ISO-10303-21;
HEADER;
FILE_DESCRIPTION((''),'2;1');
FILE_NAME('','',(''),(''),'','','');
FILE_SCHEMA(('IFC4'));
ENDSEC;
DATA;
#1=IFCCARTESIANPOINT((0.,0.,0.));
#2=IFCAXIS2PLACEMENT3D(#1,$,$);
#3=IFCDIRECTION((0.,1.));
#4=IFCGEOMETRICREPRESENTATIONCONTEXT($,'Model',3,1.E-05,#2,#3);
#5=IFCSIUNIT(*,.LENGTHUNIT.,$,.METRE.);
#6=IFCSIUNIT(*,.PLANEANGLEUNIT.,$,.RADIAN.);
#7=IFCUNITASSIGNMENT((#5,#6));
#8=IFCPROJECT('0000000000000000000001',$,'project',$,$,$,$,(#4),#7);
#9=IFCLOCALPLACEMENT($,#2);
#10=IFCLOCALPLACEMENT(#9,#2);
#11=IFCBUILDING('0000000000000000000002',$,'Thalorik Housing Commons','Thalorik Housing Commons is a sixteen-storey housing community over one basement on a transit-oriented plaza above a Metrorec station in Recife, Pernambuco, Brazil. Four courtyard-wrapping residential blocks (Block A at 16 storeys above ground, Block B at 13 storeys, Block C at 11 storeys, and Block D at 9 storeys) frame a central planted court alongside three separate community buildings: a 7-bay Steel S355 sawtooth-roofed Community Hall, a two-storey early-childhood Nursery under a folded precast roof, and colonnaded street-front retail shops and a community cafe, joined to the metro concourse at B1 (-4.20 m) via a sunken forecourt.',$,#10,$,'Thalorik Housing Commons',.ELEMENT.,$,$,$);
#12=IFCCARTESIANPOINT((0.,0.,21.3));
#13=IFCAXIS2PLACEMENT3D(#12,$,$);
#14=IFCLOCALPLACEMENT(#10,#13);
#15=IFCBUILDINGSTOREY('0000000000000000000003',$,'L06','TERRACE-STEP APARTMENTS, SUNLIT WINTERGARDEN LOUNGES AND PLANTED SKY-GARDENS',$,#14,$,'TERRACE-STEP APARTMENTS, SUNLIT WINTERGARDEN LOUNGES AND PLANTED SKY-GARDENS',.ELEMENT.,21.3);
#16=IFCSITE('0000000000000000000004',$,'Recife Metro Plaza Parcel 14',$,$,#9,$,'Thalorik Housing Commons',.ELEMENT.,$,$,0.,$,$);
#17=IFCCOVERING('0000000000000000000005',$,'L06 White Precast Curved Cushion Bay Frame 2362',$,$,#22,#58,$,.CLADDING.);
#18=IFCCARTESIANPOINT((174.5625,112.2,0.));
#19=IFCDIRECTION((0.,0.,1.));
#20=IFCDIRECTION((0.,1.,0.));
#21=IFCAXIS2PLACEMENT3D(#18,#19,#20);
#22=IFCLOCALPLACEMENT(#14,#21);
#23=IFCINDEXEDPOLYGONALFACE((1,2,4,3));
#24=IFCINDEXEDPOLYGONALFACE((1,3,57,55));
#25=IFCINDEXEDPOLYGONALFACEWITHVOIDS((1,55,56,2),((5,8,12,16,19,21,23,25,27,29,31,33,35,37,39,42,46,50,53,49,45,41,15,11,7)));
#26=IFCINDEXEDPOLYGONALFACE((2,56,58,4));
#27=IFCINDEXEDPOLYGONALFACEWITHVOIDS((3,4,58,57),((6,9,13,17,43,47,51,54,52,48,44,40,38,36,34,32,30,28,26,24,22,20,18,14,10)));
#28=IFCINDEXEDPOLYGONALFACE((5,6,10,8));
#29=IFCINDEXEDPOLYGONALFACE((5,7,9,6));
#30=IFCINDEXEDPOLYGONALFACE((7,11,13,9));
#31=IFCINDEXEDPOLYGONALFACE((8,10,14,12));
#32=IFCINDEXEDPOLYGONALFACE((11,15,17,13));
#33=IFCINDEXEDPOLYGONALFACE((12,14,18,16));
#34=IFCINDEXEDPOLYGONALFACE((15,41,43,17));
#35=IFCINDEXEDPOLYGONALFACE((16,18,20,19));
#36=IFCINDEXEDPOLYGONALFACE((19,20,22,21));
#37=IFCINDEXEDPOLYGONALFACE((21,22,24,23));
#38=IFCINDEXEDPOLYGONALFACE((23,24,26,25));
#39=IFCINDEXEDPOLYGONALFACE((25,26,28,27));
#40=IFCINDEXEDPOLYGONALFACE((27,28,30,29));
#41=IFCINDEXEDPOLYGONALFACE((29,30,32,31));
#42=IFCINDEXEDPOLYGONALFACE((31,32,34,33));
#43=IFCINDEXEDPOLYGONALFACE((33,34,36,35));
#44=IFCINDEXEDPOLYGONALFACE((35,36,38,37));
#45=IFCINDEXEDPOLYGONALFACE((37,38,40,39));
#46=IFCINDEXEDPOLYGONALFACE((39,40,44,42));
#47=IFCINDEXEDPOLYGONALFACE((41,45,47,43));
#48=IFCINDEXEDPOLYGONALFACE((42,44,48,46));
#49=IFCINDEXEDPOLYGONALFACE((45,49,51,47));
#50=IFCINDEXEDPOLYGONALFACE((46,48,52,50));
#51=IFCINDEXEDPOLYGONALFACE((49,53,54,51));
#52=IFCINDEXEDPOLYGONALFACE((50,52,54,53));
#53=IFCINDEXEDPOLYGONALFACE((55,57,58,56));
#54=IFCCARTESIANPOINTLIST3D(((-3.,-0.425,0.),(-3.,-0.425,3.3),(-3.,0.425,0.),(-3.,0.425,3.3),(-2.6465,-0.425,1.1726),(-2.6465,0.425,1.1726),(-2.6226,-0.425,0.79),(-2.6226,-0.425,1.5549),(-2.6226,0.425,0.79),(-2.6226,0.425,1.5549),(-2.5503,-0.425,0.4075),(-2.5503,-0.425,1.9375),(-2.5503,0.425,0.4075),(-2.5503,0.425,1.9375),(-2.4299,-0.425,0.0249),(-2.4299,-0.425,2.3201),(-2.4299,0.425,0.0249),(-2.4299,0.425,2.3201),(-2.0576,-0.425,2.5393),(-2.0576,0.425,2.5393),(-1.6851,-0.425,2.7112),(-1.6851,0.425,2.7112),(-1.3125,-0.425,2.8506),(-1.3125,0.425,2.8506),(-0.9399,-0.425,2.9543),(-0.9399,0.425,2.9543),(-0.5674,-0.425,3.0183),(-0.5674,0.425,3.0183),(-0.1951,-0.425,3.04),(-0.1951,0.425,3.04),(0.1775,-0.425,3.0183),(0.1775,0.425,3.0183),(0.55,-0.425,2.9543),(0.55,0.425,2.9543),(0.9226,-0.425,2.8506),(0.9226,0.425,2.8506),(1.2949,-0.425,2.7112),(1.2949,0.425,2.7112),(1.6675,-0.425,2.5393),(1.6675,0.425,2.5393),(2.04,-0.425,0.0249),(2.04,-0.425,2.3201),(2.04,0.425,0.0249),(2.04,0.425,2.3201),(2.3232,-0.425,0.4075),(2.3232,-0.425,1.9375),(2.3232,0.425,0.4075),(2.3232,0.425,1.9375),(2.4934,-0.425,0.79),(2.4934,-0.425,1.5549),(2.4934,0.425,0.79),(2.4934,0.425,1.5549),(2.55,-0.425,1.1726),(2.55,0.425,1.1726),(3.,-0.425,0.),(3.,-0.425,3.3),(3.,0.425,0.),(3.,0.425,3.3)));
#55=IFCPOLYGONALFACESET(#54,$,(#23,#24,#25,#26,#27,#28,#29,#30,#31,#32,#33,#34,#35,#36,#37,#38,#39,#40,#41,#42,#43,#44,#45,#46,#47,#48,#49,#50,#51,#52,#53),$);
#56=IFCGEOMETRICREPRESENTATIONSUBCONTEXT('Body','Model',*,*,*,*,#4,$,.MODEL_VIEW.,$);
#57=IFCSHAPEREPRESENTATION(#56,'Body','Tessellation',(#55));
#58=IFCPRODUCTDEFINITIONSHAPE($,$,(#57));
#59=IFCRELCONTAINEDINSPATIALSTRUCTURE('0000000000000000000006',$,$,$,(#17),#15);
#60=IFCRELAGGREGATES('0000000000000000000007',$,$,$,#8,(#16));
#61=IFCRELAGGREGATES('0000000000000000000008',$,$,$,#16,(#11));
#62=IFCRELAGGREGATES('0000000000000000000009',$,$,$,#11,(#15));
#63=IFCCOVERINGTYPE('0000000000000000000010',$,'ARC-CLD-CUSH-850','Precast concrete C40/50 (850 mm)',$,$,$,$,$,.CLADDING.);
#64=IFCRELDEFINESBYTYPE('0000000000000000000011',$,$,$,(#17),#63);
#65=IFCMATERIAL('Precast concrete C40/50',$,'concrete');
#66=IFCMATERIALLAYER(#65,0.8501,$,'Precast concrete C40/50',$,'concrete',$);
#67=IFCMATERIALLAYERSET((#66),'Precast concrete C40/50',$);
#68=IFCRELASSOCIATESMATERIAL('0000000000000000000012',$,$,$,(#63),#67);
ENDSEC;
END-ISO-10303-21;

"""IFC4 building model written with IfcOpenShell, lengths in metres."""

from ifc_helpers import new_model, si_unit, direction, frame, origin, place, context, subcontext, project, spatial, polyline, outline, extrude, material, layer, layer_set, type_object, element, save


model = new_model("IFC4")

# Units and contexts
model_context = context("Model", 3, precision=1e-05, world=origin(), true_north=direction((0.0, 1.0)))
body_context = subcontext(model_context, "Body", "Model", "MODEL_VIEW")
ifc_project = project(units=[si_unit("LENGTHUNIT", "METRE"), si_unit("PLANEANGLEUNIT", "RADIAN")], contexts=[model_context])

# Site, building, storey
site_placement = place(None, origin())
site = spatial("IfcSite", under=ifc_project, at=site_placement, Name="Recife Metro Plaza Parcel 14", LongName="Thalorik Housing Commons", CompositionType="ELEMENT", RefElevation=0.0)
building_placement = place(site_placement, origin())
building = spatial("IfcBuilding", under=site, at=building_placement, Name="Thalorik Housing Commons", Description="Thalorik Housing Commons is a sixteen-storey housing community over one basement on a transit-oriented plaza above a Metrorec station in Recife, Pernambuco, Brazil. Four courtyard-wrapping residential blocks (Block A at 16 storeys above ground, Block B at 13 storeys, Block C at 11 storeys, and Block D at 9 storeys) frame a central planted court alongside three separate community buildings: a 7-bay Steel S355 sawtooth-roofed Community Hall, a two-storey early-childhood Nursery under a folded precast roof, and colonnaded street-front retail shops and a community cafe, joined to the metro concourse at B1 (-4.20 m) via a sunken forecourt.", LongName="Thalorik Housing Commons", CompositionType="ELEMENT")
storey_placement = place(building_placement, frame((0.0, 0.0, 21.3)))
storey = spatial("IfcBuildingStorey", under=building, at=storey_placement, Name="L06", Description="TERRACE-STEP APARTMENTS, SUNLIT WINTERGARDEN LOUNGES AND PLANTED SKY-GARDENS", LongName="TERRACE-STEP APARTMENTS, SUNLIT WINTERGARDEN LOUNGES AND PLANTED SKY-GARDENS", CompositionType="ELEMENT", Elevation=21.3)

# Shared definitions
ifc_material_1 = material(Name="Precast concrete C40/50", Category="concrete")

# Covering
ifc_layer_1 = layer(ifc_material_1, 0.8501, Name="Precast concrete C40/50", Category="concrete")
ifc_layer_set_1 = layer_set([ifc_layer_1], Name="Precast concrete C40/50")
covering_type_1 = type_object("IfcCoveringType", Name="ARC-CLD-CUSH-850", Description="Precast concrete C40/50 (850 mm)", PredefinedType="CLADDING", material=ifc_layer_set_1)
covering_1_placement = place(storey_placement, frame((174.5625, 112.2, 0.0), z_axis=(0.0, 0.0, 1.0), x_axis=(0.0, 1.0, 0.0)))
element("IfcCovering", 1, at=covering_1_placement, inside=storey, type_object=covering_type_1, Name="L06 White Precast Curved Cushion Bay Frame 2362", PredefinedType="CLADDING", context=body_context, shape_type="SweptSolid", body=[
    extrude(outline(polyline([(-3.0, 0.0), (3.0, 0.0), (3.0, 3.3), (-3.0, 3.3), (-3.0, 0.0)]), holes=[polyline([(2.04, 0.0249), (2.3232, 0.4075), (2.4934, 0.79), (2.55, 1.1726), (2.4934, 1.5549), (2.3232, 1.9375), (2.04, 2.3201), (1.6675, 2.5393), (1.2949, 2.7112), (0.9226, 2.8506), (0.55, 2.9543), (0.1775, 3.0183), (-0.1951, 3.04), (-0.5674, 3.0183), (-0.9399, 2.9543), (-1.3125, 2.8506), (-1.6851, 2.7112), (-2.0576, 2.5393), (-2.4299, 2.3201), (-2.5503, 1.9375), (-2.6226, 1.5549), (-2.6465, 1.1726), (-2.6226, 0.79), (-2.5503, 0.4075), (-2.4299, 0.0249), (2.04, 0.0249)])]), frame((0.0, 0.425, 0.0), z_axis=(0.0, -1.0, 0.0), x_axis=(1.0, 0.0, 0.0)), (0.0, 0.0, 1.0), 0.8501),
])

save(model, "model.ifc")
